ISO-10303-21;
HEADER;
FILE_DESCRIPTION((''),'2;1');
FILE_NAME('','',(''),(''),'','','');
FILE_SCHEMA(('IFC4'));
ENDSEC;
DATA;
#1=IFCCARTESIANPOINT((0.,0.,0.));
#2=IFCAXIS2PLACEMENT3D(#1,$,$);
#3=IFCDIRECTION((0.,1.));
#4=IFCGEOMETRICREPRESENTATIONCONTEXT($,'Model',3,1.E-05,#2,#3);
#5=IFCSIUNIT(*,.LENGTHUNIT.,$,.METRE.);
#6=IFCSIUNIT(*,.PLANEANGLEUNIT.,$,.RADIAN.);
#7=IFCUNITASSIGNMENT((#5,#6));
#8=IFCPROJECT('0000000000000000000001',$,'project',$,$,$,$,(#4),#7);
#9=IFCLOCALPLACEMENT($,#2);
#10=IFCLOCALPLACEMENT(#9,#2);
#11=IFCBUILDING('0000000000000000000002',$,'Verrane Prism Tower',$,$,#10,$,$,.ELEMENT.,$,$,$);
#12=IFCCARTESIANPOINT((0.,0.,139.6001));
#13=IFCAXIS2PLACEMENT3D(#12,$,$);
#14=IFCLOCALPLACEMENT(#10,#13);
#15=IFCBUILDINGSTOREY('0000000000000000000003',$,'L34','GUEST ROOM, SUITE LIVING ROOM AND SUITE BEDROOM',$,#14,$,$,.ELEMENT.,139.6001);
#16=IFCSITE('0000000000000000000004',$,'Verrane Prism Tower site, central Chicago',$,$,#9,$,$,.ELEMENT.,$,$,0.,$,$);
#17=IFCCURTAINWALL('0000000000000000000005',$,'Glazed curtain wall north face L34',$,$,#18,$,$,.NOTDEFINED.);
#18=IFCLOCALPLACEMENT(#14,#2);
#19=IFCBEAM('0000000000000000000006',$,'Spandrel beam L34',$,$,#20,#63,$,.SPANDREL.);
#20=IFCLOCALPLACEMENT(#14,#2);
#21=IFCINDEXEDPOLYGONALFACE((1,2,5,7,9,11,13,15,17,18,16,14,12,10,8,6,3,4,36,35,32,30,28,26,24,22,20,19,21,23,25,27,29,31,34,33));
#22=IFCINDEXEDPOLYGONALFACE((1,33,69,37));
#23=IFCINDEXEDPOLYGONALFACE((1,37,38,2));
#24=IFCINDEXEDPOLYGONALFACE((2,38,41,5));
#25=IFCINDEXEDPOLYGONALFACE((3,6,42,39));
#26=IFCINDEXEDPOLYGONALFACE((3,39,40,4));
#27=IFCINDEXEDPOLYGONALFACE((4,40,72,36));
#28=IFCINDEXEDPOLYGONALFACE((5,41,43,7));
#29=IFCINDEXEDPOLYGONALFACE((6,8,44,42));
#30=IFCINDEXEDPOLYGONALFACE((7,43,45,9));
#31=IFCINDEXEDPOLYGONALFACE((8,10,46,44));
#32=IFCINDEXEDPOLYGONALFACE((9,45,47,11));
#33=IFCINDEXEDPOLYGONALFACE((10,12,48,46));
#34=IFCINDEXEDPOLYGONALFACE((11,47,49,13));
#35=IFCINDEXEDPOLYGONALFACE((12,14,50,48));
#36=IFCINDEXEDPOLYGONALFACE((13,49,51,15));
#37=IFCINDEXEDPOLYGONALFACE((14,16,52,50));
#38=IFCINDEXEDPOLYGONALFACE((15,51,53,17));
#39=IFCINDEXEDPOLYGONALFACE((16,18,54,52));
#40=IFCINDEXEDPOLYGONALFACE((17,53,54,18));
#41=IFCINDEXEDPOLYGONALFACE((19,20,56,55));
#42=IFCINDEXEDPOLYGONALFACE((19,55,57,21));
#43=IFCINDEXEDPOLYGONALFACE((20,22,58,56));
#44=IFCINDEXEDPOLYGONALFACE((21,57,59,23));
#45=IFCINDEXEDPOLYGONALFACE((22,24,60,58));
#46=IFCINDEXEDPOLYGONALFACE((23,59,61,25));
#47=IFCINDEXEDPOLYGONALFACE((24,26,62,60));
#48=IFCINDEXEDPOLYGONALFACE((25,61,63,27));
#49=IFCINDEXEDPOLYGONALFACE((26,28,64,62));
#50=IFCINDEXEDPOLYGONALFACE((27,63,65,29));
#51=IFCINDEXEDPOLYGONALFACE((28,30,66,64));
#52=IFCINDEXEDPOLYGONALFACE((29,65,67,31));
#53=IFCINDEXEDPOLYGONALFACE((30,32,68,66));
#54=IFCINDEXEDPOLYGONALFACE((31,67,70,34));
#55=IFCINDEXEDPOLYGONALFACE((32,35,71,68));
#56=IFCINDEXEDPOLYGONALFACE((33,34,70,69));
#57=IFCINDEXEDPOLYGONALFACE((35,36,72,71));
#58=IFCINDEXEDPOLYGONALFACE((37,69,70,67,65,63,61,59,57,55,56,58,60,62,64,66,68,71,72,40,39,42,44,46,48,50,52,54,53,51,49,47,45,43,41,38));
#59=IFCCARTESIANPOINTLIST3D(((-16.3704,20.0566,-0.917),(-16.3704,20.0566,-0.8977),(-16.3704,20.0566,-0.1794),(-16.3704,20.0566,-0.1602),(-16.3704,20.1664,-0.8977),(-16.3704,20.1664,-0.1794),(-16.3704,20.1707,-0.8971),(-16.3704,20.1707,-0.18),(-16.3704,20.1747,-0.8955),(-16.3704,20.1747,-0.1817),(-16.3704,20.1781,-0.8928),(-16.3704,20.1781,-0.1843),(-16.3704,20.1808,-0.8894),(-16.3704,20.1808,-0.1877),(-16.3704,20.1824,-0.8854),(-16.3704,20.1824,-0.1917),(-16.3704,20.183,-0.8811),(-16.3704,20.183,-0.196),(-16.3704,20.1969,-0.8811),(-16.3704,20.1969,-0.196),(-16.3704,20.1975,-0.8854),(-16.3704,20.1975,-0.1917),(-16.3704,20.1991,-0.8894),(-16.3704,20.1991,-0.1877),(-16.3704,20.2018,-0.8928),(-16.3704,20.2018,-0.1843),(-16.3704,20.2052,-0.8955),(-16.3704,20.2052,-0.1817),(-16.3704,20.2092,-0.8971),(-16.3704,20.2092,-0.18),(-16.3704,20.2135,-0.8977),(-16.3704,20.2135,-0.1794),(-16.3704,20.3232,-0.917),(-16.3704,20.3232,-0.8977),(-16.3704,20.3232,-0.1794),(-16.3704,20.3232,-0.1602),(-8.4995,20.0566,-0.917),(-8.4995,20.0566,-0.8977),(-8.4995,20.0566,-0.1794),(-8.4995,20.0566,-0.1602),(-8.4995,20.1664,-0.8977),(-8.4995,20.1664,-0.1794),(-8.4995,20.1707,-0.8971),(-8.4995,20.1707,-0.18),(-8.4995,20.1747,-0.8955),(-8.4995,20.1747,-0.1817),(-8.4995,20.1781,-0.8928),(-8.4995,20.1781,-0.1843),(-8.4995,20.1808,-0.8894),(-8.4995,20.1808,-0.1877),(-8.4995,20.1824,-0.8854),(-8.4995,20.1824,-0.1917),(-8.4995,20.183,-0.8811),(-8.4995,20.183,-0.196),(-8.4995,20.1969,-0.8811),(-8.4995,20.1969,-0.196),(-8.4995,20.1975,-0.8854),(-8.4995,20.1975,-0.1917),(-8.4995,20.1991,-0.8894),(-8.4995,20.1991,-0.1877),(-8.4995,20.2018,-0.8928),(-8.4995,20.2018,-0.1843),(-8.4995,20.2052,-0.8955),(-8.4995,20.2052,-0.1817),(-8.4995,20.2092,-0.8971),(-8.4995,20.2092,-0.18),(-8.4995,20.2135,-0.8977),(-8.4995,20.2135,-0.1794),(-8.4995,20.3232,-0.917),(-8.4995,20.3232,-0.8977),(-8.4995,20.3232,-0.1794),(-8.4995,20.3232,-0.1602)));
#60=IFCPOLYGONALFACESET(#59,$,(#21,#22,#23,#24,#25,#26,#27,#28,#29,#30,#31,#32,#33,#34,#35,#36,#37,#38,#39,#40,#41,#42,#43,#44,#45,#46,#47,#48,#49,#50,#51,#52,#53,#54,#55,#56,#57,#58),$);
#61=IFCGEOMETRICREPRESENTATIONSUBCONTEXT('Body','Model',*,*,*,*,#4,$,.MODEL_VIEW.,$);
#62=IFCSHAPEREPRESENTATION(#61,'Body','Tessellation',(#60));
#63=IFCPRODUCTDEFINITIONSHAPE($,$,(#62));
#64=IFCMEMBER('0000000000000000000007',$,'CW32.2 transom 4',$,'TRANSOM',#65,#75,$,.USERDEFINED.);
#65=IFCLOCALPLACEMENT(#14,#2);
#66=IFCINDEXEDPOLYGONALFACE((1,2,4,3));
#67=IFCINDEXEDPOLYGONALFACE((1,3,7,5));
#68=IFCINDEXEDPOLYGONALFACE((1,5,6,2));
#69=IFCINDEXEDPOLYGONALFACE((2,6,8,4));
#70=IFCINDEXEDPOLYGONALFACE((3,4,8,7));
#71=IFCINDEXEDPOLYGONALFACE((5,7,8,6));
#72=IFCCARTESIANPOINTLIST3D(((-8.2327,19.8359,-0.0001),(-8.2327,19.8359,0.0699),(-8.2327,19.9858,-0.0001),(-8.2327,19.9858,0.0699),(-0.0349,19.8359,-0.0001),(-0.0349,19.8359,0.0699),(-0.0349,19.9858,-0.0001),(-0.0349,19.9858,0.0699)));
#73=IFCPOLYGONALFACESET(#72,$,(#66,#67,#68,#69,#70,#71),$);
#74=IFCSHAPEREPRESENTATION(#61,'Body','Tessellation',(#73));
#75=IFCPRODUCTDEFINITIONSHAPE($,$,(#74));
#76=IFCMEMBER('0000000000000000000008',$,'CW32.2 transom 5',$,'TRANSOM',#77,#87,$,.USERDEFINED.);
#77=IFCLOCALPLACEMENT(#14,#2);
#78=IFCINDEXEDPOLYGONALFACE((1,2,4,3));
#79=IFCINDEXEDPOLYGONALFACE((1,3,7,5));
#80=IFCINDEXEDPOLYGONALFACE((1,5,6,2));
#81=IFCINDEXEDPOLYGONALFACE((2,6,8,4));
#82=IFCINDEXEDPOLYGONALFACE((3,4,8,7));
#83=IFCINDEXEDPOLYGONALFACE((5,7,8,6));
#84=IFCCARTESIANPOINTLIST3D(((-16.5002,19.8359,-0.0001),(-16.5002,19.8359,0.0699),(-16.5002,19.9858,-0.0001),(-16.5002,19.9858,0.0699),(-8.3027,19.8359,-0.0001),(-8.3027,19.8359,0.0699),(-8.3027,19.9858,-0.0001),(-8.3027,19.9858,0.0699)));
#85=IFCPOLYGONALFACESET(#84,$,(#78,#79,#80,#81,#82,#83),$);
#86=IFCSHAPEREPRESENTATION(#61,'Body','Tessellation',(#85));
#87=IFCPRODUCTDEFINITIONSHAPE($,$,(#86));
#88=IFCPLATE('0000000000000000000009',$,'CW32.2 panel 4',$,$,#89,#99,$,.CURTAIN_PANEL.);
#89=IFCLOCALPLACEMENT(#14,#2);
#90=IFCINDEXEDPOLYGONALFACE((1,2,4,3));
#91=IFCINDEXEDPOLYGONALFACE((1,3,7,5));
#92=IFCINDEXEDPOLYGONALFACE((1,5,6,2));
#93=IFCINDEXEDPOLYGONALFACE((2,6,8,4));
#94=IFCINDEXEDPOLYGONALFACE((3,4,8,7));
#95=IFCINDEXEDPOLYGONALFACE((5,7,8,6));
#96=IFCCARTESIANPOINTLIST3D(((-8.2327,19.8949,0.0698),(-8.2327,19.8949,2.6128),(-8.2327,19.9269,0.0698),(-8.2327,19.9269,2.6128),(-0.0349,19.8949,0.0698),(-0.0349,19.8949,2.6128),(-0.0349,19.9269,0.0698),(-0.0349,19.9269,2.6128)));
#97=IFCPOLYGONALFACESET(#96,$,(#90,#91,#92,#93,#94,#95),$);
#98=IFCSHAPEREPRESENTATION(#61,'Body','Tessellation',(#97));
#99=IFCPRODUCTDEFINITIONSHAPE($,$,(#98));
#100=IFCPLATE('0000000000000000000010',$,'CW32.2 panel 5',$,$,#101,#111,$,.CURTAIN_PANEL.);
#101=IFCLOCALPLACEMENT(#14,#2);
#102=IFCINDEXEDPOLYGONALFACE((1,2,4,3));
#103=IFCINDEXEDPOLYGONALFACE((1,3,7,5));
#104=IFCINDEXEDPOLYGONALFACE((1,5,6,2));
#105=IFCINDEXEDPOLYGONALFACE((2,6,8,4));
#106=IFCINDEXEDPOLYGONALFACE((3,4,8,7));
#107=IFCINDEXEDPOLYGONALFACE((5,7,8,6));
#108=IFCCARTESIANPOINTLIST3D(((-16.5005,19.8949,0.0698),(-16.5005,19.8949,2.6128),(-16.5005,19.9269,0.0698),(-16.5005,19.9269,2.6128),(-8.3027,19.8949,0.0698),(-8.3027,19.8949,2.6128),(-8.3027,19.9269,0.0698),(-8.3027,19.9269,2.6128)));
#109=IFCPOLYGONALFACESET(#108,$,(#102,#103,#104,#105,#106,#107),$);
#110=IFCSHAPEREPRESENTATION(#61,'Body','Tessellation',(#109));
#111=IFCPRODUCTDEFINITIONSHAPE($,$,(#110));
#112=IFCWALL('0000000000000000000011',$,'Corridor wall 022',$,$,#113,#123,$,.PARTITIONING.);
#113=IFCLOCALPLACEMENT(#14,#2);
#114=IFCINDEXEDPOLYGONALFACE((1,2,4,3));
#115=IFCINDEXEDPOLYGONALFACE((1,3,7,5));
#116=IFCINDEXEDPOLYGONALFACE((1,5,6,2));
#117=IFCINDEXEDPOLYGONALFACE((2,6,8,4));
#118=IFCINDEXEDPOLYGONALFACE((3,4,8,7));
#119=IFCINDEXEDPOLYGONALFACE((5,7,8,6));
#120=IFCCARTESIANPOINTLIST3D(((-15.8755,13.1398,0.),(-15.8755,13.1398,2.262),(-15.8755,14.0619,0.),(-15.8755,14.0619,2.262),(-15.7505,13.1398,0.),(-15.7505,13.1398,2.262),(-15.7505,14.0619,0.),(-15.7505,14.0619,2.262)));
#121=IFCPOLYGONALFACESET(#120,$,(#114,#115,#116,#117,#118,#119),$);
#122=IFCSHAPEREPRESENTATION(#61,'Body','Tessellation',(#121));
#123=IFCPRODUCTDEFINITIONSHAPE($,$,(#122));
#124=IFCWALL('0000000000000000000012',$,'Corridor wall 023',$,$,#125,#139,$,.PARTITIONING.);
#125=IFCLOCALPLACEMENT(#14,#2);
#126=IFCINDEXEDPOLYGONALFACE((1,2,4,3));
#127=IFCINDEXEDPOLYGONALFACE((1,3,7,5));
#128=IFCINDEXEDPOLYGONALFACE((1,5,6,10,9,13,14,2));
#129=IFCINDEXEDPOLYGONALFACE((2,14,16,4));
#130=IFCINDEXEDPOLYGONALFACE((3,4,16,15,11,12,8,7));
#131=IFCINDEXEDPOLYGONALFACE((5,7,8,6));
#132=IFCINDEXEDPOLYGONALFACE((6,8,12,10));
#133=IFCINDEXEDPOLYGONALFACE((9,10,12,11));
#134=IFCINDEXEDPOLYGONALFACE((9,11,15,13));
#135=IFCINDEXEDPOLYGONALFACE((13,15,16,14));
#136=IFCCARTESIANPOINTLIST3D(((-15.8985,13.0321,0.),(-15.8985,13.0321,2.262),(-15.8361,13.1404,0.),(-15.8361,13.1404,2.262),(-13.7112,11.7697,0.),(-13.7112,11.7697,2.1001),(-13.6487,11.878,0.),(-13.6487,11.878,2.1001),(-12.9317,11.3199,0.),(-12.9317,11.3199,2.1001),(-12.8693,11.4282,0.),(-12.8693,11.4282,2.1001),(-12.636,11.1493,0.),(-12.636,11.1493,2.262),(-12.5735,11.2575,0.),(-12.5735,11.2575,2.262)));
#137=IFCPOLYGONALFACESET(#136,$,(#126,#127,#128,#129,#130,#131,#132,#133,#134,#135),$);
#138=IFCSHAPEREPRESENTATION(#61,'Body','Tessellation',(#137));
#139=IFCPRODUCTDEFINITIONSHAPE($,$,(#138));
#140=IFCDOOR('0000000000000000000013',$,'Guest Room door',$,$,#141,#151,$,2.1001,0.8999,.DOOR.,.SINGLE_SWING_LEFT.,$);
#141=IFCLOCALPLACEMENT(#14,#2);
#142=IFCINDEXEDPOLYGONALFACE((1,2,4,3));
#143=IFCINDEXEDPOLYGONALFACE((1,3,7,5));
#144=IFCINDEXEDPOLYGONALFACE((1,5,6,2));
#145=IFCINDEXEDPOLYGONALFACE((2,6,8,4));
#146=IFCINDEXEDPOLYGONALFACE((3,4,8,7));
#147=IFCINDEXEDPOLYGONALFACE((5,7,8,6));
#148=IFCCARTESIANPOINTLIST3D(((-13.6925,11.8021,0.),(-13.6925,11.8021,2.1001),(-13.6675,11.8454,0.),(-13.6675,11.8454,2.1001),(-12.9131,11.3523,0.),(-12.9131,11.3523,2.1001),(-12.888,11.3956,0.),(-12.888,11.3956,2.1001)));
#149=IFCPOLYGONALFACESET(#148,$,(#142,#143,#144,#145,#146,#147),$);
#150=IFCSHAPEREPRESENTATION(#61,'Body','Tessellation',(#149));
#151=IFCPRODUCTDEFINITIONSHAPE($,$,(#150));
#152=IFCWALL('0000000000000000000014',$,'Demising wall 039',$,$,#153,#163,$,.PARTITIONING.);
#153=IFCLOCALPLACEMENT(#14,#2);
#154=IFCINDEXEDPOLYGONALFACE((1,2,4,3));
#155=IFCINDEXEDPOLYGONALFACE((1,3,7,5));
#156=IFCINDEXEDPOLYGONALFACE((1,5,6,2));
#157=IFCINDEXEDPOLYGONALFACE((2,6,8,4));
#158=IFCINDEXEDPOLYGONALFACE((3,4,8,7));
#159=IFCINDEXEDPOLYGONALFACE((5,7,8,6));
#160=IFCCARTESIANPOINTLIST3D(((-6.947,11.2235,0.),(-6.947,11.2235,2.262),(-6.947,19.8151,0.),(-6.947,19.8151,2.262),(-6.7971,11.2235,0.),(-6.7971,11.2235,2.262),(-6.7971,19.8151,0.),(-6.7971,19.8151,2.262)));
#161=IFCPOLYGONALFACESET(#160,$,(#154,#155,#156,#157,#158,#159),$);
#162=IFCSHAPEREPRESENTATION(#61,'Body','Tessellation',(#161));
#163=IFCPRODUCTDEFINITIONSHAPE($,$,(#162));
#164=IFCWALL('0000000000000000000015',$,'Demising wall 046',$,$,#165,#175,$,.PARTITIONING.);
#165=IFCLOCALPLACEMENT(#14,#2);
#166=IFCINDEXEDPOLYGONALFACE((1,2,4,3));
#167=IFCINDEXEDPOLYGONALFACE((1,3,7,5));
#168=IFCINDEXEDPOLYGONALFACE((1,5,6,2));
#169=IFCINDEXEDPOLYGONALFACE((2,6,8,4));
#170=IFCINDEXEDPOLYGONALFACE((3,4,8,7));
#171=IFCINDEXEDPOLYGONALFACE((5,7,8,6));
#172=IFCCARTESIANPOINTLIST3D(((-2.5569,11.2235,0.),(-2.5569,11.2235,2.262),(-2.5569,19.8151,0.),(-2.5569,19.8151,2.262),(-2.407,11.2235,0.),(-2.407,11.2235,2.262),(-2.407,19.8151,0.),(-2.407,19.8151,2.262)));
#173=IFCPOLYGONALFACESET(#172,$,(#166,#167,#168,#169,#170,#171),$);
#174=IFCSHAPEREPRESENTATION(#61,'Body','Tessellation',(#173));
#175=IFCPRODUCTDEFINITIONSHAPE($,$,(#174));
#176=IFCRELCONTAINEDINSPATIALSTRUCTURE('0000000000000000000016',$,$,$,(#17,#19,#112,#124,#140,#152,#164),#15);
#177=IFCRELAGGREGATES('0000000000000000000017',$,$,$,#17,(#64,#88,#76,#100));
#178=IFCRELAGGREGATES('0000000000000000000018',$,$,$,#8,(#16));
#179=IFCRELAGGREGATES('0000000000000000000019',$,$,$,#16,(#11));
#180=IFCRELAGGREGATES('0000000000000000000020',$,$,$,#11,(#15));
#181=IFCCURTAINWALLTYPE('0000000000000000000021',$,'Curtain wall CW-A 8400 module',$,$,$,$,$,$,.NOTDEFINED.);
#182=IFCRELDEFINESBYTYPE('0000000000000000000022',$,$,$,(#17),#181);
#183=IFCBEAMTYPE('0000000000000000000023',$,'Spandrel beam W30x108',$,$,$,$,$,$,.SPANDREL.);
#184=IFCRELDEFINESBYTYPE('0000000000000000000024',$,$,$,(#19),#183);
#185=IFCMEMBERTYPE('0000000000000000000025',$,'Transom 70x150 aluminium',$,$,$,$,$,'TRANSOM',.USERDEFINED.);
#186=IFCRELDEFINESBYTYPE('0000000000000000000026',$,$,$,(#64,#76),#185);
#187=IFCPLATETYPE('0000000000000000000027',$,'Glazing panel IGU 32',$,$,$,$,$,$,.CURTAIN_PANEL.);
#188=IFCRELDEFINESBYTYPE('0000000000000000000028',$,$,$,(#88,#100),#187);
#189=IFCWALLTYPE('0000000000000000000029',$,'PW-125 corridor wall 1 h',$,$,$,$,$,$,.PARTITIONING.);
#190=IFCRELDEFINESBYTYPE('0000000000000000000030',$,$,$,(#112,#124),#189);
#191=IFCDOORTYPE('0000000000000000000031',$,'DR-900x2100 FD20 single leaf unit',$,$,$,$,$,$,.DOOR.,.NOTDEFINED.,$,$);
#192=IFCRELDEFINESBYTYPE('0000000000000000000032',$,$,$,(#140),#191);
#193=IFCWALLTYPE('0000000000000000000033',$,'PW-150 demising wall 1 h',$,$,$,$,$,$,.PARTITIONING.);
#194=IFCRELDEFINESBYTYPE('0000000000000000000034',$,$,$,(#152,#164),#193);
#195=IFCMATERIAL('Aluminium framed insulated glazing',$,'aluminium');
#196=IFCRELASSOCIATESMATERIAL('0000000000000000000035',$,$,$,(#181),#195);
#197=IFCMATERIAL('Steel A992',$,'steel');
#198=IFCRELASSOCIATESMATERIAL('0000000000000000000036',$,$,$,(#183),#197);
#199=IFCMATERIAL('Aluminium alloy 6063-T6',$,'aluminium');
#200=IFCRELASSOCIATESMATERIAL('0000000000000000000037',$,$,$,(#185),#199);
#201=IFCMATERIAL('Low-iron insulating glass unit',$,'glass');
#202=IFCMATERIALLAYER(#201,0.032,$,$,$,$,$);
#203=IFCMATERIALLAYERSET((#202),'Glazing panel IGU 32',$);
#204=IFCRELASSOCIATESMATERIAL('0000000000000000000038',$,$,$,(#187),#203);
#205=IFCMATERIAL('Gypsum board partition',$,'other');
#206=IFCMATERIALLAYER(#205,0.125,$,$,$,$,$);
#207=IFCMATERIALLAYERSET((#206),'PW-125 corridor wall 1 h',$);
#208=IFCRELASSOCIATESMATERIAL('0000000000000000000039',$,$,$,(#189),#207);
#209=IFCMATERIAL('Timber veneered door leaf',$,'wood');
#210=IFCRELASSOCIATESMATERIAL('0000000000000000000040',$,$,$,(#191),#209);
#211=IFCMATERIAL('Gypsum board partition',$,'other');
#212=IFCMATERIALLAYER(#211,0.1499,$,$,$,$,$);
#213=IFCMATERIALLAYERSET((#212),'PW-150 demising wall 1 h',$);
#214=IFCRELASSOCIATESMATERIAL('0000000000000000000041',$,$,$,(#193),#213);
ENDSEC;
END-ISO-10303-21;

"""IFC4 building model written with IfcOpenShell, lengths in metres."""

from ifc_helpers import new_model, si_unit, direction, frame, frame_2d, origin, origin_2d, place, context, subcontext, project, spatial, rectangle, i_section, extrude, material, layer, layer_set, material_profile, profile_set, type_object, element, fill, aggregate, save


model = new_model("IFC4")

# Units and contexts
model_context = context("Model", 3, precision=1e-05, world=origin(), true_north=direction((0.0, 1.0)))
body_context = subcontext(model_context, "Body", "Model", "MODEL_VIEW")
ifc_project = project(units=[si_unit("LENGTHUNIT", "METRE"), si_unit("PLANEANGLEUNIT", "RADIAN")], contexts=[model_context])

# Site, building, storey
site_placement = place(None, origin())
site = spatial("IfcSite", under=ifc_project, at=site_placement, Name="Verrane Prism Tower site, central Chicago", CompositionType="ELEMENT", RefElevation=0.0)
building_placement = place(site_placement, origin())
building = spatial("IfcBuilding", under=site, at=building_placement, Name="Verrane Prism Tower", CompositionType="ELEMENT")
storey_placement = place(building_placement, frame((0.0, 0.0, 139.6001)))
storey = spatial("IfcBuildingStorey", under=building, at=storey_placement, Name="L34", Description="GUEST ROOM, SUITE LIVING ROOM AND SUITE BEDROOM", CompositionType="ELEMENT", Elevation=139.6001)

# Curtain wall
ifc_material_1 = material(Name="Aluminium framed insulated glazing", Category="aluminium")
curtain_wall_type = type_object("IfcCurtainWallType", Name="Curtain wall CW-A 8400 module", PredefinedType="NOTDEFINED", material=ifc_material_1)
curtain_wall_placement = place(storey_placement, origin())
curtain_wall = element("IfcCurtainWall", 1, at=curtain_wall_placement, inside=storey, type_object=curtain_wall_type, Name="Glazed curtain wall north face L34", PredefinedType="NOTDEFINED")

# Beam
ifc_material_2 = material(Name="Steel A992", Category="steel")
ifc_material_profile_1 = material_profile(ifc_material_2, i_section(OverallWidth=0.2666, OverallDepth=0.7568, WebThickness=0.0139, FlangeThickness=0.0193, FilletRadius=0.0166, at=origin_2d()), Name="W30x108")
ifc_profile_set_1 = profile_set([ifc_material_profile_1], Name="Steel A992")
beam_type_1 = type_object("IfcBeamType", Name="Spandrel beam W30x108", PredefinedType="SPANDREL", material=ifc_profile_set_1)
for number, where, z_axis, x_axis, name in (
    (2, (-8.4995, 20.1899, -0.5386), (-1.0, 0.0, 0.0), (0.0, -1.0, 0.0), "Spandrel beam L34"),
):
    element("IfcBeam", number, at=place(storey_placement, frame(where, z_axis=z_axis, x_axis=x_axis)), inside=storey, type_object=beam_type_1, Name=name, PredefinedType="SPANDREL", context=body_context, shape_type="SweptSolid", body=[
        extrude(i_section(OverallWidth=0.2666, OverallDepth=0.7568, WebThickness=0.0139, FlangeThickness=0.0193, FilletRadius=0.0166, at=origin_2d()), origin(), (0.0, 0.0, 1.0), 7.8708),
    ])

# Members
ifc_material_3 = material(Name="Aluminium alloy 6063-T6", Category="aluminium")
ifc_material_profile_2 = material_profile(ifc_material_3, rectangle(XDim=0.1499, YDim=0.0701, at=origin_2d()), Name="Transom 70x150 aluminium")
ifc_profile_set_2 = profile_set([ifc_material_profile_2], Name="Aluminium alloy 6063-T6")
member_type_1 = type_object("IfcMemberType", Name="Transom 70x150 aluminium", ElementType="TRANSOM", PredefinedType="USERDEFINED", material=ifc_profile_set_2)
member_1_placement = place(storey_placement, frame((-0.0349, 19.9109, 0.0349), z_axis=(-1.0, 0.0, 0.0), x_axis=(0.0, -1.0, 0.0)))
member_1 = element("IfcMember", 3, at=member_1_placement, type_object=member_type_1, Name="CW32.2 transom 4", ObjectType="TRANSOM", PredefinedType="USERDEFINED", context=body_context, shape_type="SweptSolid", body=[
    extrude(rectangle(XDim=0.1499, YDim=0.0701, at=origin_2d()), origin(), (0.0, 0.0, 1.0), 8.1978),
])
member_2_placement = place(storey_placement, frame((-8.3027, 19.9109, 0.0349), z_axis=(-1.0, 0.0, 0.0), x_axis=(0.0, -1.0, 0.0)))
member_2 = element("IfcMember", 4, at=member_2_placement, type_object=member_type_1, Name="CW32.2 transom 5", ObjectType="TRANSOM", PredefinedType="USERDEFINED", context=body_context, shape_type="SweptSolid", body=[
    extrude(rectangle(XDim=0.1499, YDim=0.0701, at=origin_2d()), origin(), (0.0, 0.0, 1.0), 8.1975),
])

# Plates
ifc_material_4 = material(Name="Low-iron insulating glass unit", Category="glass")
ifc_layer_1 = layer(ifc_material_4, 0.032)
ifc_layer_set_1 = layer_set([ifc_layer_1], Name="Glazing panel IGU 32")
plate_type = type_object("IfcPlateType", Name="Glazing panel IGU 32", PredefinedType="CURTAIN_PANEL", material=ifc_layer_set_1)
plate_1_placement = place(storey_placement, frame((-4.1338, 19.9109, 0.0698), z_axis=(0.0, 0.0, 1.0), x_axis=(-1.0, 0.0, 0.0)))
plate_1 = element("IfcPlate", 5, at=plate_1_placement, type_object=plate_type, Name="CW32.2 panel 4", PredefinedType="CURTAIN_PANEL", context=body_context, shape_type="SweptSolid", body=[
    extrude(rectangle(XDim=8.1978, YDim=0.032, at=origin_2d()), origin(), (0.0, 0.0, 1.0), 2.543),
])
plate_2_placement = place(storey_placement, frame((-12.4016, 19.9109, 0.0698), z_axis=(0.0, 0.0, 1.0), x_axis=(-1.0, 0.0, 0.0)))
plate_2 = element("IfcPlate", 6, at=plate_2_placement, type_object=plate_type, Name="CW32.2 panel 5", PredefinedType="CURTAIN_PANEL", context=body_context, shape_type="SweptSolid", body=[
    extrude(rectangle(XDim=8.1978, YDim=0.032, at=origin_2d()), origin(), (0.0, 0.0, 1.0), 2.543),
])
aggregate(curtain_wall, [member_1, plate_1, member_2, plate_2])

# Wall
ifc_material_5 = material(Name="Gypsum board partition", Category="other")
ifc_layer_2 = layer(ifc_material_5, 0.125)
ifc_layer_set_2 = layer_set([ifc_layer_2], Name="PW-125 corridor wall 1 h")
wall_type_1 = type_object("IfcWallType", Name="PW-125 corridor wall 1 h", PredefinedType="PARTITIONING", material=ifc_layer_set_2)
wall_1_placement = place(storey_placement, frame((-15.813, 13.1399, 0.0), z_axis=(0.0, 0.0, 1.0), x_axis=(0.0, 1.0, 0.0)))
element("IfcWall", 7, at=wall_1_placement, inside=storey, type_object=wall_type_1, Name="Corridor wall 022", PredefinedType="PARTITIONING", context=body_context, shape_type="SweptSolid", body=[
    extrude(rectangle(XDim=0.9221, YDim=0.125, at=frame_2d((0.4609, 0.0))), origin(), (0.0, 0.0, 1.0), 2.262),
])

# Wall, opening, door
wall_2_placement = place(storey_placement, frame((-15.8672, 13.0862, 0.0), z_axis=(0.0, 0.0, 1.0), x_axis=(0.866113, -0.499848, 0.0)))
wall_2 = element("IfcWall", 8, at=wall_2_placement, inside=storey, type_object=wall_type_1, Name="Corridor wall 023", PredefinedType="PARTITIONING", context=body_context, shape_type="SweptSolid", body=[
    extrude(rectangle(XDim=3.7668, YDim=0.125, at=frame_2d((1.8833, 0.0))), origin(), (0.0, 0.0, 1.0), 2.262),
])
opening_1_placement = place(wall_2_placement, frame((2.5254, 0.0, 0.0)))
opening_1 = element("IfcOpeningElement", 9, at=opening_1_placement, cuts=wall_2, PredefinedType="OPENING", context=body_context, shape_type="SweptSolid", body=[
    extrude(rectangle(XDim=0.8999, YDim=2.1001, at=frame_2d((0.45, 1.05))), frame((0.0, 0.0725, 0.0), z_axis=(0.0, -1.0, 0.0), x_axis=(1.0, 0.0, 0.0)), (0.0, 0.0, 1.0), 0.145),
])
ifc_material_6 = material(Name="Timber veneered door leaf", Category="wood")
door_type_1 = type_object("IfcDoorType", Name="DR-900x2100 FD20 single leaf unit", OperationType="NOTDEFINED", PredefinedType="DOOR", material=ifc_material_6)
door_1_placement = place(opening_1_placement, origin())
door_1 = element("IfcDoor", 10, at=door_1_placement, inside=storey, type_object=door_type_1, Name="Guest Room door", OperationType="SINGLE_SWING_LEFT", OverallHeight=2.1001, OverallWidth=0.8999, PredefinedType="DOOR", context=body_context, shape_type="SweptSolid", body=[
    extrude(rectangle(XDim=0.8999, YDim=2.1001, at=frame_2d((0.45, 1.05))), frame((0.0, 0.0249, 0.0), z_axis=(0.0, -1.0, 0.0), x_axis=(1.0, 0.0, 0.0)), (0.0, 0.0, 1.0), 0.05),
])
fill(opening_1, door_1)

# Walls
ifc_material_7 = material(Name="Gypsum board partition", Category="other")
ifc_layer_3 = layer(ifc_material_7, 0.1499)
ifc_layer_set_3 = layer_set([ifc_layer_3], Name="PW-150 demising wall 1 h")
wall_type_2 = type_object("IfcWallType", Name="PW-150 demising wall 1 h", PredefinedType="PARTITIONING", material=ifc_layer_set_3)
for number, where, z_axis, x_axis, name in (
    (11, (-6.8721, 11.2234, 0.0), (0.0, 0.0, 1.0), (0.0, 1.0, 0.0), "Demising wall 039"),
    (12, (-2.4819, 11.2234, 0.0), (0.0, 0.0, 1.0), (0.0, 1.0, 0.0), "Demising wall 046"),
):
    element("IfcWall", number, at=place(storey_placement, frame(where, z_axis=z_axis, x_axis=x_axis)), inside=storey, type_object=wall_type_2, Name=name, PredefinedType="PARTITIONING", context=body_context, shape_type="SweptSolid", body=[
        extrude(rectangle(XDim=8.5916, YDim=0.1499, at=frame_2d((4.2959, 0.0))), origin(), (0.0, 0.0, 1.0), 2.262),
    ])

save(model, "model.ifc")
